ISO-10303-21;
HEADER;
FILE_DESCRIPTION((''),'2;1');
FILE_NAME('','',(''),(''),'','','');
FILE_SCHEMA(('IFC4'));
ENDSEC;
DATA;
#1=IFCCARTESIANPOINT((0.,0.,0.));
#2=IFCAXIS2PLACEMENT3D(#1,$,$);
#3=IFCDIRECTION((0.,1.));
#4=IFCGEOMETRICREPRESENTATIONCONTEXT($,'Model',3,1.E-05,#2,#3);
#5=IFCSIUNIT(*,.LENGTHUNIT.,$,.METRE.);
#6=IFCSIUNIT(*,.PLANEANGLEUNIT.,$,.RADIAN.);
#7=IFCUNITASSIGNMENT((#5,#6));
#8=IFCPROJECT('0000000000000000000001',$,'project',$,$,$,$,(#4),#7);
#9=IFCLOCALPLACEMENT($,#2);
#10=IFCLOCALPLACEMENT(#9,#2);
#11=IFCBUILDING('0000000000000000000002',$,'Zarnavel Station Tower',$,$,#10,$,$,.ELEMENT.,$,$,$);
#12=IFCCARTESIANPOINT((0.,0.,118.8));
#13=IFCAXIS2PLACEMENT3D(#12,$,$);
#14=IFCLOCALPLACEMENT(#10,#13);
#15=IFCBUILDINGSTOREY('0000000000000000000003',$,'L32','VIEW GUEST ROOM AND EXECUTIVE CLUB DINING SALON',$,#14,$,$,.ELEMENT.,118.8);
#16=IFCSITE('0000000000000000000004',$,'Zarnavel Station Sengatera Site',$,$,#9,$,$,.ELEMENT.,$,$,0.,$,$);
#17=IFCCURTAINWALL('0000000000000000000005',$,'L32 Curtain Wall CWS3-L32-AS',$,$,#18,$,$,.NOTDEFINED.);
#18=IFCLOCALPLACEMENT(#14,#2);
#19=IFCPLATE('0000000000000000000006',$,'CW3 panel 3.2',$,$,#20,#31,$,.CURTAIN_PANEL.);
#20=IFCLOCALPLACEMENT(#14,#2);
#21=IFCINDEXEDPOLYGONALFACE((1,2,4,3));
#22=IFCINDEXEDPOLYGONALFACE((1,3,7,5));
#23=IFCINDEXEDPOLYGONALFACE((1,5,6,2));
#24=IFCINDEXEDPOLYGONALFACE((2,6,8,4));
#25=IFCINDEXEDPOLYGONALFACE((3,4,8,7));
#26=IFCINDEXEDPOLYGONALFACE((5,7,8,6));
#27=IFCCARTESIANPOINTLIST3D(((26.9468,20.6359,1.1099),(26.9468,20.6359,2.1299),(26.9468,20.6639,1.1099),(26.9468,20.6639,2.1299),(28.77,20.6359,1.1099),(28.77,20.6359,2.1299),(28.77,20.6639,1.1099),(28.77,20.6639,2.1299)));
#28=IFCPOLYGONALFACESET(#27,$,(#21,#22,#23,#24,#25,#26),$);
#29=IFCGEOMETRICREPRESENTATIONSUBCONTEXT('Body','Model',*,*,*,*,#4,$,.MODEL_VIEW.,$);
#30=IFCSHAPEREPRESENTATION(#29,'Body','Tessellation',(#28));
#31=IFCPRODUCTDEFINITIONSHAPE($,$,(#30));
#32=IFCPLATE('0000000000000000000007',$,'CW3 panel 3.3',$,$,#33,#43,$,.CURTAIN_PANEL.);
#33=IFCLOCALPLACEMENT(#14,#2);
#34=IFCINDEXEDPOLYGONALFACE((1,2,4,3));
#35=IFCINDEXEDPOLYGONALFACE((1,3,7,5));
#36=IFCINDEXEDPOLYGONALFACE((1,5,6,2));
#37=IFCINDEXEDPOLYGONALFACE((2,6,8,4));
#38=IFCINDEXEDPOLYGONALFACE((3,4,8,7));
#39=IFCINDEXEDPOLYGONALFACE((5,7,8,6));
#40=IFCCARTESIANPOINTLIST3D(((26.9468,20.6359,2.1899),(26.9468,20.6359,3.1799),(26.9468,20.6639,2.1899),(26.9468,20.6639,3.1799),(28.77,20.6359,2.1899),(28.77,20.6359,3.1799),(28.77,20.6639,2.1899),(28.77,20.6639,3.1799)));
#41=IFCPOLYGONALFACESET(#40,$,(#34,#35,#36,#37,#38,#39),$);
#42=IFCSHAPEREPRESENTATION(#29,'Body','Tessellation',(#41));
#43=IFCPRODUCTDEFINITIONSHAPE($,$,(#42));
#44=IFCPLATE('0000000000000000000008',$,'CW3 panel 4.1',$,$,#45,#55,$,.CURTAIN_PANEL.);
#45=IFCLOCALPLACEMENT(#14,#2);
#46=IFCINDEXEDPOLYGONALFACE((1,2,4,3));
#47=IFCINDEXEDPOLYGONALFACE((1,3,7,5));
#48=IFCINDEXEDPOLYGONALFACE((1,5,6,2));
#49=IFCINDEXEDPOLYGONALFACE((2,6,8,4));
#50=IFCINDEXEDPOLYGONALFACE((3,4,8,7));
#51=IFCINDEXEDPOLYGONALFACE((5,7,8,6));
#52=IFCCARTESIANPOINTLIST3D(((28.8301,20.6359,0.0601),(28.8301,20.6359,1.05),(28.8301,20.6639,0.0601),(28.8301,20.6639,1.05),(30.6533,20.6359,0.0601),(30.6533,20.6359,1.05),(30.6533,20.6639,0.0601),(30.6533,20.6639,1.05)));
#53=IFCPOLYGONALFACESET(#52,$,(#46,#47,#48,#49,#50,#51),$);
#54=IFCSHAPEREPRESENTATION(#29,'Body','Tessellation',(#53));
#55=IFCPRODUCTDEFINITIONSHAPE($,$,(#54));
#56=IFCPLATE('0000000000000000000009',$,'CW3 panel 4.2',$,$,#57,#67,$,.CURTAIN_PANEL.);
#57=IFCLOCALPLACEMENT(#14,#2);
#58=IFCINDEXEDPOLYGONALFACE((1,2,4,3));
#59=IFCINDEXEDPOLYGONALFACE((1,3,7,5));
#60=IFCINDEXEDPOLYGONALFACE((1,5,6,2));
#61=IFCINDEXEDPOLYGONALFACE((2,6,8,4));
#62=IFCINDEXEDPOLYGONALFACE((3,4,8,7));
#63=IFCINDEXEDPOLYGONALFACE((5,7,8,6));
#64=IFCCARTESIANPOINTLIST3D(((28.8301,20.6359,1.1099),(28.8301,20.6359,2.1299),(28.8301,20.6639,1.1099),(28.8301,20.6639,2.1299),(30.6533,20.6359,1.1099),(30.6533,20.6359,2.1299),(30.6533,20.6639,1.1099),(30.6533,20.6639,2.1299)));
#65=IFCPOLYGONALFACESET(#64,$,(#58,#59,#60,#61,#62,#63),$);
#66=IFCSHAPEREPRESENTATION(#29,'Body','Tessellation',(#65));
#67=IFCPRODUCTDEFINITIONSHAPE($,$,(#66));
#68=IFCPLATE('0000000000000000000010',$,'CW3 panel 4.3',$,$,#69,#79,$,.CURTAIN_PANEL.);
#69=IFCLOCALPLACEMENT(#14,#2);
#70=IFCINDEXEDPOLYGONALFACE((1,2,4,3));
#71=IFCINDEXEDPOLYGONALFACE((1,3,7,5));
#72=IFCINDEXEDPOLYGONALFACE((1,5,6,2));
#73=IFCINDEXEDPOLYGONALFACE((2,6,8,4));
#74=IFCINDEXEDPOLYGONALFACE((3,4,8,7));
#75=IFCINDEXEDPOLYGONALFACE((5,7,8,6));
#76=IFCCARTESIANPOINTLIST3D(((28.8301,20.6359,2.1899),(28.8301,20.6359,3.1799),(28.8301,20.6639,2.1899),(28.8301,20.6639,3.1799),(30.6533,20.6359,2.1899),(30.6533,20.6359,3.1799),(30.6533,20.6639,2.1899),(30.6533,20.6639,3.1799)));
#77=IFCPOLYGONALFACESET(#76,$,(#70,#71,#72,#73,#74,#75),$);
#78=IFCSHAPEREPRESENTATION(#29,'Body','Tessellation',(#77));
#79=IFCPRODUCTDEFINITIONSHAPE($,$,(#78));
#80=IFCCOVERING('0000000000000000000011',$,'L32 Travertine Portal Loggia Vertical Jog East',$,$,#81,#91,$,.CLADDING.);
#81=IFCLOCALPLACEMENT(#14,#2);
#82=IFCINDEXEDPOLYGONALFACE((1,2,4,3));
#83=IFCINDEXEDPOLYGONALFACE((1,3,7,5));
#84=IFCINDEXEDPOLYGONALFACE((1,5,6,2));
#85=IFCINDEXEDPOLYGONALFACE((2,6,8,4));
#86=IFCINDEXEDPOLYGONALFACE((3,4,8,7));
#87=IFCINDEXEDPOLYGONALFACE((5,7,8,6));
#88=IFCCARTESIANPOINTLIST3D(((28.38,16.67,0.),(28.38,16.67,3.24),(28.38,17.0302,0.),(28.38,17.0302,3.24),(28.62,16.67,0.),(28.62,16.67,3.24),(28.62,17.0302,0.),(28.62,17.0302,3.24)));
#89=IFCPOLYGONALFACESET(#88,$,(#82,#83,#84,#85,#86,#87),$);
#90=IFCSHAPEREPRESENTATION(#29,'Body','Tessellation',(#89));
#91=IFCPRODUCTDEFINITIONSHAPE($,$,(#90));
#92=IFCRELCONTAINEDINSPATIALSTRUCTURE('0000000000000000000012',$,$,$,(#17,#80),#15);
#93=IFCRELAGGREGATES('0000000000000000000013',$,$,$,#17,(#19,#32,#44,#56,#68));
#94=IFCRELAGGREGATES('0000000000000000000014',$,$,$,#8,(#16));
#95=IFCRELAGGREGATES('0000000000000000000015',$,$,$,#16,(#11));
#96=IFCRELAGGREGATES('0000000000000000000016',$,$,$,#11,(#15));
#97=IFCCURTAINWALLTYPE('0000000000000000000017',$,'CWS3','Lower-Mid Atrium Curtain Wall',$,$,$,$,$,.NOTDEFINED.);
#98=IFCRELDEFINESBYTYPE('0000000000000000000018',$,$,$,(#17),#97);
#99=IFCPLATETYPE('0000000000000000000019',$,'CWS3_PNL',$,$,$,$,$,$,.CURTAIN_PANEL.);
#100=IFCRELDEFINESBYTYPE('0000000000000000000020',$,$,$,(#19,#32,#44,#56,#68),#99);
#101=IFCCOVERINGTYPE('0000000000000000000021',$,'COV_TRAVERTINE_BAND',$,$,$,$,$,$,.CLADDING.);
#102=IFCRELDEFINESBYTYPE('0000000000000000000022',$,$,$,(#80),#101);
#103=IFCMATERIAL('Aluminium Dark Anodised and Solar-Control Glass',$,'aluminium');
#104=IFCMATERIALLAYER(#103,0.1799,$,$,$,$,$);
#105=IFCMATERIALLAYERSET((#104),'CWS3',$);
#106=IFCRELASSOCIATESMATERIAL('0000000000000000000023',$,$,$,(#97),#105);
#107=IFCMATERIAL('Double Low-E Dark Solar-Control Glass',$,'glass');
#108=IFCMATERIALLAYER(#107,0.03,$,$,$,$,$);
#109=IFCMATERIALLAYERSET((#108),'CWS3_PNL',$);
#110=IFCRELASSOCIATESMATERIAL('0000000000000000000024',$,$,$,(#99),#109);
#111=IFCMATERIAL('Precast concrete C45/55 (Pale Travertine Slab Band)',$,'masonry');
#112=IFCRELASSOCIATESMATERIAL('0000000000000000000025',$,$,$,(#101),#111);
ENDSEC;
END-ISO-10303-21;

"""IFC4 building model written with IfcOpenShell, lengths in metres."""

from ifc_helpers import new_model, si_unit, direction, frame, origin, origin_2d, place, context, subcontext, project, spatial, rectangle, extrude, material, layer, layer_set, type_object, element, aggregate, save


model = new_model("IFC4")

# Units and contexts
model_context = context("Model", 3, precision=1e-05, world=origin(), true_north=direction((0.0, 1.0)))
body_context = subcontext(model_context, "Body", "Model", "MODEL_VIEW")
ifc_project = project(units=[si_unit("LENGTHUNIT", "METRE"), si_unit("PLANEANGLEUNIT", "RADIAN")], contexts=[model_context])

# Site, building, storey
site_placement = place(None, origin())
site = spatial("IfcSite", under=ifc_project, at=site_placement, Name="Zarnavel Station Sengatera Site", CompositionType="ELEMENT", RefElevation=0.0)
building_placement = place(site_placement, origin())
building = spatial("IfcBuilding", under=site, at=building_placement, Name="Zarnavel Station Tower", CompositionType="ELEMENT")
storey_placement = place(building_placement, frame((0.0, 0.0, 118.8)))
storey = spatial("IfcBuildingStorey", under=building, at=storey_placement, Name="L32", Description="VIEW GUEST ROOM AND EXECUTIVE CLUB DINING SALON", CompositionType="ELEMENT", Elevation=118.8)

# Curtain wall
ifc_material_1 = material(Name="Aluminium Dark Anodised and Solar-Control Glass", Category="aluminium")
ifc_layer_1 = layer(ifc_material_1, 0.1799)
ifc_layer_set_1 = layer_set([ifc_layer_1], Name="CWS3")
curtain_wall_type_1 = type_object("IfcCurtainWallType", Name="CWS3", Description="Lower-Mid Atrium Curtain Wall", PredefinedType="NOTDEFINED", material=ifc_layer_set_1)
curtain_wall_1_placement = place(storey_placement, origin())
curtain_wall_1 = element("IfcCurtainWall", 1, at=curtain_wall_1_placement, inside=storey, type_object=curtain_wall_type_1, Name="L32 Curtain Wall CWS3-L32-AS", PredefinedType="NOTDEFINED")

# Plates
ifc_material_2 = material(Name="Double Low-E Dark Solar-Control Glass", Category="glass")
ifc_layer_2 = layer(ifc_material_2, 0.03)
ifc_layer_set_2 = layer_set([ifc_layer_2], Name="CWS3_PNL")
plate_type = type_object("IfcPlateType", Name="CWS3_PNL", PredefinedType="CURTAIN_PANEL", material=ifc_layer_set_2)
plate_1_placement = place(storey_placement, frame((27.8584, 20.6499, 1.1099), z_axis=(0.0, 0.0, 1.0), x_axis=(1.0, 0.0, 0.0)))
plate_1 = element("IfcPlate", 2, at=plate_1_placement, type_object=plate_type, Name="CW3 panel 3.2", PredefinedType="CURTAIN_PANEL", context=body_context, shape_type="SweptSolid", body=[
    extrude(rectangle(XDim=1.8232, YDim=0.0281, at=origin_2d()), origin(), (0.0, 0.0, 1.0), 1.02),
])
plate_2_placement = place(storey_placement, frame((27.8584, 20.6499, 2.1899), z_axis=(0.0, 0.0, 1.0), x_axis=(1.0, 0.0, 0.0)))
plate_2 = element("IfcPlate", 3, at=plate_2_placement, type_object=plate_type, Name="CW3 panel 3.3", PredefinedType="CURTAIN_PANEL", context=body_context, shape_type="SweptSolid", body=[
    extrude(rectangle(XDim=1.8232, YDim=0.0281, at=origin_2d()), origin(), (0.0, 0.0, 1.0), 0.99),
])
plate_3_placement = place(storey_placement, frame((29.7417, 20.6499, 0.0601), z_axis=(0.0, 0.0, 1.0), x_axis=(1.0, 0.0, 0.0)))
plate_3 = element("IfcPlate", 4, at=plate_3_placement, type_object=plate_type, Name="CW3 panel 4.1", PredefinedType="CURTAIN_PANEL", context=body_context, shape_type="SweptSolid", body=[
    extrude(rectangle(XDim=1.8232, YDim=0.0281, at=origin_2d()), origin(), (0.0, 0.0, 1.0), 0.99),
])
plate_4_placement = place(storey_placement, frame((29.7417, 20.6499, 1.1099), z_axis=(0.0, 0.0, 1.0), x_axis=(1.0, 0.0, 0.0)))
plate_4 = element("IfcPlate", 5, at=plate_4_placement, type_object=plate_type, Name="CW3 panel 4.2", PredefinedType="CURTAIN_PANEL", context=body_context, shape_type="SweptSolid", body=[
    extrude(rectangle(XDim=1.8232, YDim=0.0281, at=origin_2d()), origin(), (0.0, 0.0, 1.0), 1.02),
])
plate_5_placement = place(storey_placement, frame((29.7417, 20.6499, 2.1899), z_axis=(0.0, 0.0, 1.0), x_axis=(1.0, 0.0, 0.0)))
plate_5 = element("IfcPlate", 6, at=plate_5_placement, type_object=plate_type, Name="CW3 panel 4.3", PredefinedType="CURTAIN_PANEL", context=body_context, shape_type="SweptSolid", body=[
    extrude(rectangle(XDim=1.8232, YDim=0.0281, at=origin_2d()), origin(), (0.0, 0.0, 1.0), 0.99),
])
aggregate(curtain_wall_1, [plate_1, plate_2, plate_3, plate_4, plate_5])

# Covering
ifc_material_3 = material(Name="Precast concrete C45/55 (Pale Travertine Slab Band)", Category="masonry")
covering_type = type_object("IfcCoveringType", Name="COV_TRAVERTINE_BAND", PredefinedType="CLADDING", material=ifc_material_3)
covering_placement = place(storey_placement, frame((28.5, 16.8501, 0.0), z_axis=(0.0, 0.0, 1.0), x_axis=(1.0, 0.0, 0.0)))
element("IfcCovering", 7, at=covering_placement, inside=storey, type_object=covering_type, Name="L32 Travertine Portal Loggia Vertical Jog East", PredefinedType="CLADDING", context=body_context, shape_type="SweptSolid", body=[
    extrude(rectangle(XDim=0.24, YDim=0.3601, at=origin_2d()), origin(), (0.0, 0.0, 1.0), 3.24),
])

save(model, "model.ifc")
